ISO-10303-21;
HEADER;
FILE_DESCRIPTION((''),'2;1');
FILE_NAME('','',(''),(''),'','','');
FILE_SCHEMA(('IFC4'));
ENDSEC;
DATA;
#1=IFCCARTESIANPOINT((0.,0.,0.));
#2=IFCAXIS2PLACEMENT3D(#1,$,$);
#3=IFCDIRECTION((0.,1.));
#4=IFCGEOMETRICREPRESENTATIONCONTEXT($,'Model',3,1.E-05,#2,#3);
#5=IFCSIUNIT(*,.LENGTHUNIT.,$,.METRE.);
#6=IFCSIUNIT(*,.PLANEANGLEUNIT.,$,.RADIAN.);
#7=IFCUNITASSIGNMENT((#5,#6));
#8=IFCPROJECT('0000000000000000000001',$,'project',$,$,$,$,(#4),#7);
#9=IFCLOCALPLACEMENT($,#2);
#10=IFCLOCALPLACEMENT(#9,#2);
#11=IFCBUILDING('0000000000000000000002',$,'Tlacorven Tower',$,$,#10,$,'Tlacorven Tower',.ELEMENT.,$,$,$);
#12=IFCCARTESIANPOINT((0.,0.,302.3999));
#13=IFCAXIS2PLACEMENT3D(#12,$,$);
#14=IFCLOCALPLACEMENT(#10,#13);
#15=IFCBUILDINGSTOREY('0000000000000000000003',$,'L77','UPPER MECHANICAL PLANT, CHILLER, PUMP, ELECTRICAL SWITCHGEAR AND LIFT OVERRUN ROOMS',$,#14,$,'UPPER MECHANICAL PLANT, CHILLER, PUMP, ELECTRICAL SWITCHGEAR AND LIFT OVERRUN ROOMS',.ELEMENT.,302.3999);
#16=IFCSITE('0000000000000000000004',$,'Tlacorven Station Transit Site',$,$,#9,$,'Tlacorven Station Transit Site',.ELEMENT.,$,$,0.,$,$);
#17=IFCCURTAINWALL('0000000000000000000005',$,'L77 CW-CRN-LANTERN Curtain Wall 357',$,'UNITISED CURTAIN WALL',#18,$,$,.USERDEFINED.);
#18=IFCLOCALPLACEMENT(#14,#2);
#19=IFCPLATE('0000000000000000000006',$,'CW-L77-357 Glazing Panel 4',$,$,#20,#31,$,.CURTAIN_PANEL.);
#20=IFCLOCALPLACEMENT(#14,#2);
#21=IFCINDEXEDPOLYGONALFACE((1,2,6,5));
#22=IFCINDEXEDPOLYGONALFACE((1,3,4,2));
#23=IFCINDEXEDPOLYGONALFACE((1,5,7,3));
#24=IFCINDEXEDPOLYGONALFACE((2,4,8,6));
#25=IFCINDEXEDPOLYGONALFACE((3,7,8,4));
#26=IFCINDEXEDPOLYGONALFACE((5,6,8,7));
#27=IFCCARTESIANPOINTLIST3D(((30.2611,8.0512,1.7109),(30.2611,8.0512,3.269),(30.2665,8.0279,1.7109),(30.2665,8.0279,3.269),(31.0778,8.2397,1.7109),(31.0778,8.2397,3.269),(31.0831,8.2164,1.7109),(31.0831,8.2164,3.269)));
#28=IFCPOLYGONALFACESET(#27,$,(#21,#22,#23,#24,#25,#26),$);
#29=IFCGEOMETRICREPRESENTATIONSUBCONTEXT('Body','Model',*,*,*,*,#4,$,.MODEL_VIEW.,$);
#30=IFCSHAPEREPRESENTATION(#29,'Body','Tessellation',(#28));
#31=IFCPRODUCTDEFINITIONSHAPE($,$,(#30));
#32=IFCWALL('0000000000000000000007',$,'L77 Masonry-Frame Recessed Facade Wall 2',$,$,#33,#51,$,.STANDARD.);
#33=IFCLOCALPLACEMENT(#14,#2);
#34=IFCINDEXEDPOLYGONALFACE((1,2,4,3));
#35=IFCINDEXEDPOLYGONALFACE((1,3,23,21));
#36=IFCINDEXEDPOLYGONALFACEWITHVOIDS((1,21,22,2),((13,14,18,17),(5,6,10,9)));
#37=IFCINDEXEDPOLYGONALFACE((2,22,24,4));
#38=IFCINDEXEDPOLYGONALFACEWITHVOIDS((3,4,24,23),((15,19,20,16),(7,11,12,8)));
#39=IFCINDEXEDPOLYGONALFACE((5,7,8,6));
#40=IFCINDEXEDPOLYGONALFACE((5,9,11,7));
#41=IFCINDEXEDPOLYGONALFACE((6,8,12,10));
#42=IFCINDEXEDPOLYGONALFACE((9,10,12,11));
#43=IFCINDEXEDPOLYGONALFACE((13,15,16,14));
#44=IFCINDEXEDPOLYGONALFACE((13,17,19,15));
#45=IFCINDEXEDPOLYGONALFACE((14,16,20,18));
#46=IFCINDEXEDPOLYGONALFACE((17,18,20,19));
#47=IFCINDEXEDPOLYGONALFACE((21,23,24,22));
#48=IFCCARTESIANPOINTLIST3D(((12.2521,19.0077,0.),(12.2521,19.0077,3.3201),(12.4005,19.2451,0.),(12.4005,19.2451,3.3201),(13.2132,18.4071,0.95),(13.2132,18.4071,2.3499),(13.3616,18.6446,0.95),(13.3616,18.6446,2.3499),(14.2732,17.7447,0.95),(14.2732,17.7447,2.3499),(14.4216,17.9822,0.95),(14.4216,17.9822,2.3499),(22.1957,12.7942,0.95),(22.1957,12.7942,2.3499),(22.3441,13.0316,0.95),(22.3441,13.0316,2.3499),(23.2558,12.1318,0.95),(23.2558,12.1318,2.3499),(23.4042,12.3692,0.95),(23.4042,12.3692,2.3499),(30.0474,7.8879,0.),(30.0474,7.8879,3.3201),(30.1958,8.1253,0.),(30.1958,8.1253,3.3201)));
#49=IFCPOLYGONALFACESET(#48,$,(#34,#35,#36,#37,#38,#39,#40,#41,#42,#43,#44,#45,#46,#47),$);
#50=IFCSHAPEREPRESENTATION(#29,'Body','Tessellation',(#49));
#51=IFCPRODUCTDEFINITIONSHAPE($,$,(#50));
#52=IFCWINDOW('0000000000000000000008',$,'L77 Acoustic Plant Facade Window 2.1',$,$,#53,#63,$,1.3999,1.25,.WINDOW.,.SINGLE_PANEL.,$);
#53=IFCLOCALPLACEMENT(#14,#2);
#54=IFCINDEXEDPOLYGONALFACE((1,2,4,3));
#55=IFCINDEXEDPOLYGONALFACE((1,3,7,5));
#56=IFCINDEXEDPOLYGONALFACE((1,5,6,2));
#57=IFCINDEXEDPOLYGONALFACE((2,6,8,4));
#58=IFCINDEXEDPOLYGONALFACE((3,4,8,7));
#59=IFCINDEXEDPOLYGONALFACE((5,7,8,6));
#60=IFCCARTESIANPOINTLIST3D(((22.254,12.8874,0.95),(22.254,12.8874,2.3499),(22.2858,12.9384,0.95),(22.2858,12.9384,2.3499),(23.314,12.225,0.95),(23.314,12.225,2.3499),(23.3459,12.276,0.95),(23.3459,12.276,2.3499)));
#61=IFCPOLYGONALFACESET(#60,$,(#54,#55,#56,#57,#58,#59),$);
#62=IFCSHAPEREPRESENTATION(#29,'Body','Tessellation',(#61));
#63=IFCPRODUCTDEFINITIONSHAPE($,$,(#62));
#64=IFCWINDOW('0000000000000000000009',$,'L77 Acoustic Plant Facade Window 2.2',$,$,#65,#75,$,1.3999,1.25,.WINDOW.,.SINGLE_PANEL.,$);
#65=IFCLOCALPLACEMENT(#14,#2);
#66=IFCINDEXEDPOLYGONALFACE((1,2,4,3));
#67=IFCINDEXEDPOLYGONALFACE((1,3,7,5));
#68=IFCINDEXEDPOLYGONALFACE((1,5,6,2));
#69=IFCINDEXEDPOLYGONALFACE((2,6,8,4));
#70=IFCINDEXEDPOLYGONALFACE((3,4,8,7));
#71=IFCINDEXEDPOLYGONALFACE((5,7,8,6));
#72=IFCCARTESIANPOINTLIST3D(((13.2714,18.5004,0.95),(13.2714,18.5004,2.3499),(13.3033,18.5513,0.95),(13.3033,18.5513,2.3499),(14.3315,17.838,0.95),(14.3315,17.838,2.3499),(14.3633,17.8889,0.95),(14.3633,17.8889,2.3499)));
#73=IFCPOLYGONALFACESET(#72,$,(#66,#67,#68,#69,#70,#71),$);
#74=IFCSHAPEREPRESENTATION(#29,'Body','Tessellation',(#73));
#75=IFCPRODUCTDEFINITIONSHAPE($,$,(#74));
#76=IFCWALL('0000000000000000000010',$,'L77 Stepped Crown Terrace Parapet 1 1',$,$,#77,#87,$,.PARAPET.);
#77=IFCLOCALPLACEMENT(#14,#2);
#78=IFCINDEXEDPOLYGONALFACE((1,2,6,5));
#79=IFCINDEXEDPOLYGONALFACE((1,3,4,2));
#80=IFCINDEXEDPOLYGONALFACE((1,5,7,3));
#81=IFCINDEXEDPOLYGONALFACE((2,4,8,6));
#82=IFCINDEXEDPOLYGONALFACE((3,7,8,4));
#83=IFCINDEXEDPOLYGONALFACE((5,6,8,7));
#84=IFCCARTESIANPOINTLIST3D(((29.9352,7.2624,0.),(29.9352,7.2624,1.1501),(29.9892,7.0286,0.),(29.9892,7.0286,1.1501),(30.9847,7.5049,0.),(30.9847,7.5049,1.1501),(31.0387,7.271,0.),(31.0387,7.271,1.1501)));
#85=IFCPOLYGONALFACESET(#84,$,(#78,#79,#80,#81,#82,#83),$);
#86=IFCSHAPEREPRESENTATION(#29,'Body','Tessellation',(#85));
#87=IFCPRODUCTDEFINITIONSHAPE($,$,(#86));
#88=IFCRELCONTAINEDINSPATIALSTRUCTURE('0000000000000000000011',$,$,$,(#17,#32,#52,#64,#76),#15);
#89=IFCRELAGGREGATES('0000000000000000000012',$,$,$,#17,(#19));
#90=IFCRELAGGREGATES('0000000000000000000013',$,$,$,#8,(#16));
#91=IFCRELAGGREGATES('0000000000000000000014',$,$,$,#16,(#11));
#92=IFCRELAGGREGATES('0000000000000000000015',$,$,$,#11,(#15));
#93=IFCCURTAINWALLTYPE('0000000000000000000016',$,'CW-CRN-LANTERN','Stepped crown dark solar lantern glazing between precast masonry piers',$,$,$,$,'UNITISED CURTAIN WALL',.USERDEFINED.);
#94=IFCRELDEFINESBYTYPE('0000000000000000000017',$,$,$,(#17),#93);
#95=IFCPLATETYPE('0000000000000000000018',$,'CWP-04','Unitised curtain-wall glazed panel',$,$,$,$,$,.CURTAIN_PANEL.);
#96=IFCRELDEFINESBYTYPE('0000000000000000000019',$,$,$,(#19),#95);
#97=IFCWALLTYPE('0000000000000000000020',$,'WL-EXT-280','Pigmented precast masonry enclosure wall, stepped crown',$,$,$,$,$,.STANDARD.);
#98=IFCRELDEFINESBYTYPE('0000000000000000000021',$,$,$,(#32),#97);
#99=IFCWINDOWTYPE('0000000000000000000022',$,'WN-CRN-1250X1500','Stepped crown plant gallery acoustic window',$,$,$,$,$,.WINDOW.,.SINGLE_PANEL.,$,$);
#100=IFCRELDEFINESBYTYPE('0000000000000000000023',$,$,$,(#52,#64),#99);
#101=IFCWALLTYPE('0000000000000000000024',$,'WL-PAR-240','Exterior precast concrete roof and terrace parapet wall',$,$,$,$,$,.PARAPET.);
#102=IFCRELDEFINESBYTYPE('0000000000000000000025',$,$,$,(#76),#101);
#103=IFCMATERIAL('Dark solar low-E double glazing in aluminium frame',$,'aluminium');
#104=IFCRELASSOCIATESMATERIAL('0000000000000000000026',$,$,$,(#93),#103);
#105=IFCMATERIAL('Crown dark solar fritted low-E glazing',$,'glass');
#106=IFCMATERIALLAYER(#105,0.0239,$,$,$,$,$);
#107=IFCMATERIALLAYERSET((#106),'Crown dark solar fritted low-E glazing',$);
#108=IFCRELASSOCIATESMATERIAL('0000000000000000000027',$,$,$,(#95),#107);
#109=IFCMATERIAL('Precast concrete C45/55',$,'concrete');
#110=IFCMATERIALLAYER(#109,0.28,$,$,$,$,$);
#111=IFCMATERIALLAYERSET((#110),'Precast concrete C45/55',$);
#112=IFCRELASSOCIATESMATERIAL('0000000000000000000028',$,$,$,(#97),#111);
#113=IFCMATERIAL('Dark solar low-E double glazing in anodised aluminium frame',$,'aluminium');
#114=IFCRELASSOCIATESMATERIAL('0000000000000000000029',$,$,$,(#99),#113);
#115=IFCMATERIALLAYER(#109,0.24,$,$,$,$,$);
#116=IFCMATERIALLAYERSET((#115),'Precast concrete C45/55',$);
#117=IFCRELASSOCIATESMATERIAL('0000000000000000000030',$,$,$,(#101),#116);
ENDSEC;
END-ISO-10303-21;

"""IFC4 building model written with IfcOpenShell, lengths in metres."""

from ifc_helpers import new_model, si_unit, direction, frame, frame_2d, origin, origin_2d, place, context, subcontext, project, spatial, rectangle, extrude, source, transform, mapped, material, layer, layer_set, type_object, element, fill, aggregate, save


model = new_model("IFC4")

# Units and contexts
model_context = context("Model", 3, precision=1e-05, world=origin(), true_north=direction((0.0, 1.0)))
body_context = subcontext(model_context, "Body", "Model", "MODEL_VIEW")
ifc_project = project(units=[si_unit("LENGTHUNIT", "METRE"), si_unit("PLANEANGLEUNIT", "RADIAN")], contexts=[model_context])

# Site, building, storey
site_placement = place(None, origin())
site = spatial("IfcSite", under=ifc_project, at=site_placement, Name="Tlacorven Station Transit Site", LongName="Tlacorven Station Transit Site", CompositionType="ELEMENT", RefElevation=0.0)
building_placement = place(site_placement, origin())
building = spatial("IfcBuilding", under=site, at=building_placement, Name="Tlacorven Tower", LongName="Tlacorven Tower", CompositionType="ELEMENT")
storey_placement = place(building_placement, frame((0.0, 0.0, 302.3999)))
storey = spatial("IfcBuildingStorey", under=building, at=storey_placement, Name="L77", Description="UPPER MECHANICAL PLANT, CHILLER, PUMP, ELECTRICAL SWITCHGEAR AND LIFT OVERRUN ROOMS", LongName="UPPER MECHANICAL PLANT, CHILLER, PUMP, ELECTRICAL SWITCHGEAR AND LIFT OVERRUN ROOMS", CompositionType="ELEMENT", Elevation=302.3999)

# Curtain wall, plate
ifc_material_1 = material(Name="Dark solar low-E double glazing in aluminium frame", Category="aluminium")
curtain_wall_type = type_object("IfcCurtainWallType", Name="CW-CRN-LANTERN", Description="Stepped crown dark solar lantern glazing between precast masonry piers", ElementType="UNITISED CURTAIN WALL", PredefinedType="USERDEFINED", material=ifc_material_1)
curtain_wall_placement = place(storey_placement, origin())
curtain_wall = element("IfcCurtainWall", 1, at=curtain_wall_placement, inside=storey, type_object=curtain_wall_type, Name="L77 CW-CRN-LANTERN Curtain Wall 357", ObjectType="UNITISED CURTAIN WALL", PredefinedType="USERDEFINED")
ifc_material_2 = material(Name="Crown dark solar fritted low-E glazing", Category="glass")
ifc_layer_1 = layer(ifc_material_2, 0.0239)
ifc_layer_set_1 = layer_set([ifc_layer_1], Name="Crown dark solar fritted low-E glazing")
plate_type = type_object("IfcPlateType", Name="CWP-04", Description="Unitised curtain-wall glazed panel", PredefinedType="CURTAIN_PANEL", material=ifc_layer_set_1)
shared_shape_1 = source(origin(), body_context, "Body", "SweptSolid", [
    extrude(rectangle(XDim=0.8381, YDim=0.0239, at=origin_2d()), origin(), (0.0, 0.0, 1.0), 1.5581),
])
plate_1_placement = place(storey_placement, frame((30.6721, 8.1338, 1.7109), z_axis=(0.0, 0.0, 1.0), x_axis=(-0.97437, -0.22495, 0.0)))
plate_1 = element("IfcPlate", 2, at=plate_1_placement, type_object=plate_type, Name="CW-L77-357 Glazing Panel 4", PredefinedType="CURTAIN_PANEL", context=body_context, shape_type="MappedRepresentation", body=[
    mapped(shared_shape_1, transform((0.0, 0.0, 0.0), scale=1.0)),
])
aggregate(curtain_wall, [plate_1])

# Wall, openings, windows
ifc_material_3 = material(Name="Precast concrete C45/55", Category="concrete")
ifc_layer_2 = layer(ifc_material_3, 0.28)
ifc_layer_set_2 = layer_set([ifc_layer_2], Name="Precast concrete C45/55")
wall_type_1 = type_object("IfcWallType", Name="WL-EXT-280", Description="Pigmented precast masonry enclosure wall, stepped crown", PredefinedType="STANDARD", material=ifc_layer_set_2)
wall_1_placement = place(storey_placement, frame((30.1216, 8.0066, 0.0), z_axis=(0.0, 0.0, 1.0), x_axis=(-0.848047, 0.529922, 0.0)))
wall_1 = element("IfcWall", 3, at=wall_1_placement, inside=storey, type_object=wall_type_1, Name="L77 Masonry-Frame Recessed Facade Wall 2", PredefinedType="STANDARD", context=body_context, shape_type="SweptSolid", body=[
    extrude(rectangle(XDim=20.9839, YDim=0.28, at=frame_2d((10.4919, 0.0))), origin(), (0.0, 0.0, 1.0), 3.3201),
])
opening_1_placement = place(wall_1_placement, frame((8.0085, 0.0, 0.95)))
opening_1 = element("IfcOpeningElement", 4, at=opening_1_placement, cuts=wall_1, PredefinedType="OPENING", context=body_context, shape_type="SweptSolid", body=[
    extrude(rectangle(XDim=1.25, YDim=1.3999, at=frame_2d((0.625, 0.7))), frame((0.0, 0.1499, 0.0), z_axis=(0.0, -1.0, 0.0), x_axis=(1.0, 0.0, 0.0)), (0.0, 0.0, 1.0), 0.3),
])
opening_2_placement = place(wall_1_placement, frame((18.6006, 0.0, 0.95)))
opening_2 = element("IfcOpeningElement", 5, at=opening_2_placement, cuts=wall_1, PredefinedType="OPENING", context=body_context, shape_type="SweptSolid", body=[
    extrude(rectangle(XDim=1.25, YDim=1.3999, at=frame_2d((0.625, 0.7))), frame((0.0, 0.1499, 0.0), z_axis=(0.0, -1.0, 0.0), x_axis=(1.0, 0.0, 0.0)), (0.0, 0.0, 1.0), 0.3),
])
ifc_material_4 = material(Name="Dark solar low-E double glazing in anodised aluminium frame", Category="aluminium")
window_type = type_object("IfcWindowType", Name="WN-CRN-1250X1500", Description="Stepped crown plant gallery acoustic window", PartitioningType="SINGLE_PANEL", PredefinedType="WINDOW", material=ifc_material_4)
shared_shape_2 = source(origin(), body_context, "Body", "SweptSolid", [
    extrude(rectangle(XDim=1.25, YDim=1.3999, at=frame_2d((0.625, 0.7))), frame((0.0, 0.03, 0.0), z_axis=(0.0, -1.0, 0.0), x_axis=(1.0, 0.0, 0.0)), (0.0, 0.0, 1.0), 0.0601),
])
window_1_placement = place(opening_1_placement, origin())
window_1 = element("IfcWindow", 6, at=window_1_placement, inside=storey, type_object=window_type, Name="L77 Acoustic Plant Facade Window 2.1", OverallHeight=1.3999, OverallWidth=1.25, PartitioningType="SINGLE_PANEL", PredefinedType="WINDOW", context=body_context, shape_type="MappedRepresentation", body=[
    mapped(shared_shape_2, transform((0.0, 0.0, 0.0), scale=1.0)),
])
fill(opening_1, window_1)
window_2_placement = place(opening_2_placement, origin())
window_2 = element("IfcWindow", 7, at=window_2_placement, inside=storey, type_object=window_type, Name="L77 Acoustic Plant Facade Window 2.2", OverallHeight=1.3999, OverallWidth=1.25, PartitioningType="SINGLE_PANEL", PredefinedType="WINDOW", context=body_context, shape_type="MappedRepresentation", body=[
    mapped(shared_shape_2, transform((0.0, 0.0, 0.0), scale=1.0)),
])
fill(opening_2, window_2)

# Wall
ifc_layer_3 = layer(ifc_material_3, 0.24)
ifc_layer_set_3 = layer_set([ifc_layer_3], Name="Precast concrete C45/55")
wall_type_2 = type_object("IfcWallType", Name="WL-PAR-240", Description="Exterior precast concrete roof and terrace parapet wall", PredefinedType="PARAPET", material=ifc_layer_set_3)
wall_2_placement = place(storey_placement, frame((31.0117, 7.3879, 0.0), z_axis=(0.0, 0.0, 1.0), x_axis=(-0.974345, -0.225058, 0.0)))
element("IfcWall", 8, at=wall_2_placement, inside=storey, type_object=wall_type_2, Name="L77 Stepped Crown Terrace Parapet 1 1", PredefinedType="PARAPET", context=body_context, shape_type="SweptSolid", body=[
    extrude(rectangle(XDim=1.0771, YDim=0.24, at=frame_2d((0.5386, 0.0))), origin(), (0.0, 0.0, 1.0), 1.1501),
])

save(model, "model.ifc")
